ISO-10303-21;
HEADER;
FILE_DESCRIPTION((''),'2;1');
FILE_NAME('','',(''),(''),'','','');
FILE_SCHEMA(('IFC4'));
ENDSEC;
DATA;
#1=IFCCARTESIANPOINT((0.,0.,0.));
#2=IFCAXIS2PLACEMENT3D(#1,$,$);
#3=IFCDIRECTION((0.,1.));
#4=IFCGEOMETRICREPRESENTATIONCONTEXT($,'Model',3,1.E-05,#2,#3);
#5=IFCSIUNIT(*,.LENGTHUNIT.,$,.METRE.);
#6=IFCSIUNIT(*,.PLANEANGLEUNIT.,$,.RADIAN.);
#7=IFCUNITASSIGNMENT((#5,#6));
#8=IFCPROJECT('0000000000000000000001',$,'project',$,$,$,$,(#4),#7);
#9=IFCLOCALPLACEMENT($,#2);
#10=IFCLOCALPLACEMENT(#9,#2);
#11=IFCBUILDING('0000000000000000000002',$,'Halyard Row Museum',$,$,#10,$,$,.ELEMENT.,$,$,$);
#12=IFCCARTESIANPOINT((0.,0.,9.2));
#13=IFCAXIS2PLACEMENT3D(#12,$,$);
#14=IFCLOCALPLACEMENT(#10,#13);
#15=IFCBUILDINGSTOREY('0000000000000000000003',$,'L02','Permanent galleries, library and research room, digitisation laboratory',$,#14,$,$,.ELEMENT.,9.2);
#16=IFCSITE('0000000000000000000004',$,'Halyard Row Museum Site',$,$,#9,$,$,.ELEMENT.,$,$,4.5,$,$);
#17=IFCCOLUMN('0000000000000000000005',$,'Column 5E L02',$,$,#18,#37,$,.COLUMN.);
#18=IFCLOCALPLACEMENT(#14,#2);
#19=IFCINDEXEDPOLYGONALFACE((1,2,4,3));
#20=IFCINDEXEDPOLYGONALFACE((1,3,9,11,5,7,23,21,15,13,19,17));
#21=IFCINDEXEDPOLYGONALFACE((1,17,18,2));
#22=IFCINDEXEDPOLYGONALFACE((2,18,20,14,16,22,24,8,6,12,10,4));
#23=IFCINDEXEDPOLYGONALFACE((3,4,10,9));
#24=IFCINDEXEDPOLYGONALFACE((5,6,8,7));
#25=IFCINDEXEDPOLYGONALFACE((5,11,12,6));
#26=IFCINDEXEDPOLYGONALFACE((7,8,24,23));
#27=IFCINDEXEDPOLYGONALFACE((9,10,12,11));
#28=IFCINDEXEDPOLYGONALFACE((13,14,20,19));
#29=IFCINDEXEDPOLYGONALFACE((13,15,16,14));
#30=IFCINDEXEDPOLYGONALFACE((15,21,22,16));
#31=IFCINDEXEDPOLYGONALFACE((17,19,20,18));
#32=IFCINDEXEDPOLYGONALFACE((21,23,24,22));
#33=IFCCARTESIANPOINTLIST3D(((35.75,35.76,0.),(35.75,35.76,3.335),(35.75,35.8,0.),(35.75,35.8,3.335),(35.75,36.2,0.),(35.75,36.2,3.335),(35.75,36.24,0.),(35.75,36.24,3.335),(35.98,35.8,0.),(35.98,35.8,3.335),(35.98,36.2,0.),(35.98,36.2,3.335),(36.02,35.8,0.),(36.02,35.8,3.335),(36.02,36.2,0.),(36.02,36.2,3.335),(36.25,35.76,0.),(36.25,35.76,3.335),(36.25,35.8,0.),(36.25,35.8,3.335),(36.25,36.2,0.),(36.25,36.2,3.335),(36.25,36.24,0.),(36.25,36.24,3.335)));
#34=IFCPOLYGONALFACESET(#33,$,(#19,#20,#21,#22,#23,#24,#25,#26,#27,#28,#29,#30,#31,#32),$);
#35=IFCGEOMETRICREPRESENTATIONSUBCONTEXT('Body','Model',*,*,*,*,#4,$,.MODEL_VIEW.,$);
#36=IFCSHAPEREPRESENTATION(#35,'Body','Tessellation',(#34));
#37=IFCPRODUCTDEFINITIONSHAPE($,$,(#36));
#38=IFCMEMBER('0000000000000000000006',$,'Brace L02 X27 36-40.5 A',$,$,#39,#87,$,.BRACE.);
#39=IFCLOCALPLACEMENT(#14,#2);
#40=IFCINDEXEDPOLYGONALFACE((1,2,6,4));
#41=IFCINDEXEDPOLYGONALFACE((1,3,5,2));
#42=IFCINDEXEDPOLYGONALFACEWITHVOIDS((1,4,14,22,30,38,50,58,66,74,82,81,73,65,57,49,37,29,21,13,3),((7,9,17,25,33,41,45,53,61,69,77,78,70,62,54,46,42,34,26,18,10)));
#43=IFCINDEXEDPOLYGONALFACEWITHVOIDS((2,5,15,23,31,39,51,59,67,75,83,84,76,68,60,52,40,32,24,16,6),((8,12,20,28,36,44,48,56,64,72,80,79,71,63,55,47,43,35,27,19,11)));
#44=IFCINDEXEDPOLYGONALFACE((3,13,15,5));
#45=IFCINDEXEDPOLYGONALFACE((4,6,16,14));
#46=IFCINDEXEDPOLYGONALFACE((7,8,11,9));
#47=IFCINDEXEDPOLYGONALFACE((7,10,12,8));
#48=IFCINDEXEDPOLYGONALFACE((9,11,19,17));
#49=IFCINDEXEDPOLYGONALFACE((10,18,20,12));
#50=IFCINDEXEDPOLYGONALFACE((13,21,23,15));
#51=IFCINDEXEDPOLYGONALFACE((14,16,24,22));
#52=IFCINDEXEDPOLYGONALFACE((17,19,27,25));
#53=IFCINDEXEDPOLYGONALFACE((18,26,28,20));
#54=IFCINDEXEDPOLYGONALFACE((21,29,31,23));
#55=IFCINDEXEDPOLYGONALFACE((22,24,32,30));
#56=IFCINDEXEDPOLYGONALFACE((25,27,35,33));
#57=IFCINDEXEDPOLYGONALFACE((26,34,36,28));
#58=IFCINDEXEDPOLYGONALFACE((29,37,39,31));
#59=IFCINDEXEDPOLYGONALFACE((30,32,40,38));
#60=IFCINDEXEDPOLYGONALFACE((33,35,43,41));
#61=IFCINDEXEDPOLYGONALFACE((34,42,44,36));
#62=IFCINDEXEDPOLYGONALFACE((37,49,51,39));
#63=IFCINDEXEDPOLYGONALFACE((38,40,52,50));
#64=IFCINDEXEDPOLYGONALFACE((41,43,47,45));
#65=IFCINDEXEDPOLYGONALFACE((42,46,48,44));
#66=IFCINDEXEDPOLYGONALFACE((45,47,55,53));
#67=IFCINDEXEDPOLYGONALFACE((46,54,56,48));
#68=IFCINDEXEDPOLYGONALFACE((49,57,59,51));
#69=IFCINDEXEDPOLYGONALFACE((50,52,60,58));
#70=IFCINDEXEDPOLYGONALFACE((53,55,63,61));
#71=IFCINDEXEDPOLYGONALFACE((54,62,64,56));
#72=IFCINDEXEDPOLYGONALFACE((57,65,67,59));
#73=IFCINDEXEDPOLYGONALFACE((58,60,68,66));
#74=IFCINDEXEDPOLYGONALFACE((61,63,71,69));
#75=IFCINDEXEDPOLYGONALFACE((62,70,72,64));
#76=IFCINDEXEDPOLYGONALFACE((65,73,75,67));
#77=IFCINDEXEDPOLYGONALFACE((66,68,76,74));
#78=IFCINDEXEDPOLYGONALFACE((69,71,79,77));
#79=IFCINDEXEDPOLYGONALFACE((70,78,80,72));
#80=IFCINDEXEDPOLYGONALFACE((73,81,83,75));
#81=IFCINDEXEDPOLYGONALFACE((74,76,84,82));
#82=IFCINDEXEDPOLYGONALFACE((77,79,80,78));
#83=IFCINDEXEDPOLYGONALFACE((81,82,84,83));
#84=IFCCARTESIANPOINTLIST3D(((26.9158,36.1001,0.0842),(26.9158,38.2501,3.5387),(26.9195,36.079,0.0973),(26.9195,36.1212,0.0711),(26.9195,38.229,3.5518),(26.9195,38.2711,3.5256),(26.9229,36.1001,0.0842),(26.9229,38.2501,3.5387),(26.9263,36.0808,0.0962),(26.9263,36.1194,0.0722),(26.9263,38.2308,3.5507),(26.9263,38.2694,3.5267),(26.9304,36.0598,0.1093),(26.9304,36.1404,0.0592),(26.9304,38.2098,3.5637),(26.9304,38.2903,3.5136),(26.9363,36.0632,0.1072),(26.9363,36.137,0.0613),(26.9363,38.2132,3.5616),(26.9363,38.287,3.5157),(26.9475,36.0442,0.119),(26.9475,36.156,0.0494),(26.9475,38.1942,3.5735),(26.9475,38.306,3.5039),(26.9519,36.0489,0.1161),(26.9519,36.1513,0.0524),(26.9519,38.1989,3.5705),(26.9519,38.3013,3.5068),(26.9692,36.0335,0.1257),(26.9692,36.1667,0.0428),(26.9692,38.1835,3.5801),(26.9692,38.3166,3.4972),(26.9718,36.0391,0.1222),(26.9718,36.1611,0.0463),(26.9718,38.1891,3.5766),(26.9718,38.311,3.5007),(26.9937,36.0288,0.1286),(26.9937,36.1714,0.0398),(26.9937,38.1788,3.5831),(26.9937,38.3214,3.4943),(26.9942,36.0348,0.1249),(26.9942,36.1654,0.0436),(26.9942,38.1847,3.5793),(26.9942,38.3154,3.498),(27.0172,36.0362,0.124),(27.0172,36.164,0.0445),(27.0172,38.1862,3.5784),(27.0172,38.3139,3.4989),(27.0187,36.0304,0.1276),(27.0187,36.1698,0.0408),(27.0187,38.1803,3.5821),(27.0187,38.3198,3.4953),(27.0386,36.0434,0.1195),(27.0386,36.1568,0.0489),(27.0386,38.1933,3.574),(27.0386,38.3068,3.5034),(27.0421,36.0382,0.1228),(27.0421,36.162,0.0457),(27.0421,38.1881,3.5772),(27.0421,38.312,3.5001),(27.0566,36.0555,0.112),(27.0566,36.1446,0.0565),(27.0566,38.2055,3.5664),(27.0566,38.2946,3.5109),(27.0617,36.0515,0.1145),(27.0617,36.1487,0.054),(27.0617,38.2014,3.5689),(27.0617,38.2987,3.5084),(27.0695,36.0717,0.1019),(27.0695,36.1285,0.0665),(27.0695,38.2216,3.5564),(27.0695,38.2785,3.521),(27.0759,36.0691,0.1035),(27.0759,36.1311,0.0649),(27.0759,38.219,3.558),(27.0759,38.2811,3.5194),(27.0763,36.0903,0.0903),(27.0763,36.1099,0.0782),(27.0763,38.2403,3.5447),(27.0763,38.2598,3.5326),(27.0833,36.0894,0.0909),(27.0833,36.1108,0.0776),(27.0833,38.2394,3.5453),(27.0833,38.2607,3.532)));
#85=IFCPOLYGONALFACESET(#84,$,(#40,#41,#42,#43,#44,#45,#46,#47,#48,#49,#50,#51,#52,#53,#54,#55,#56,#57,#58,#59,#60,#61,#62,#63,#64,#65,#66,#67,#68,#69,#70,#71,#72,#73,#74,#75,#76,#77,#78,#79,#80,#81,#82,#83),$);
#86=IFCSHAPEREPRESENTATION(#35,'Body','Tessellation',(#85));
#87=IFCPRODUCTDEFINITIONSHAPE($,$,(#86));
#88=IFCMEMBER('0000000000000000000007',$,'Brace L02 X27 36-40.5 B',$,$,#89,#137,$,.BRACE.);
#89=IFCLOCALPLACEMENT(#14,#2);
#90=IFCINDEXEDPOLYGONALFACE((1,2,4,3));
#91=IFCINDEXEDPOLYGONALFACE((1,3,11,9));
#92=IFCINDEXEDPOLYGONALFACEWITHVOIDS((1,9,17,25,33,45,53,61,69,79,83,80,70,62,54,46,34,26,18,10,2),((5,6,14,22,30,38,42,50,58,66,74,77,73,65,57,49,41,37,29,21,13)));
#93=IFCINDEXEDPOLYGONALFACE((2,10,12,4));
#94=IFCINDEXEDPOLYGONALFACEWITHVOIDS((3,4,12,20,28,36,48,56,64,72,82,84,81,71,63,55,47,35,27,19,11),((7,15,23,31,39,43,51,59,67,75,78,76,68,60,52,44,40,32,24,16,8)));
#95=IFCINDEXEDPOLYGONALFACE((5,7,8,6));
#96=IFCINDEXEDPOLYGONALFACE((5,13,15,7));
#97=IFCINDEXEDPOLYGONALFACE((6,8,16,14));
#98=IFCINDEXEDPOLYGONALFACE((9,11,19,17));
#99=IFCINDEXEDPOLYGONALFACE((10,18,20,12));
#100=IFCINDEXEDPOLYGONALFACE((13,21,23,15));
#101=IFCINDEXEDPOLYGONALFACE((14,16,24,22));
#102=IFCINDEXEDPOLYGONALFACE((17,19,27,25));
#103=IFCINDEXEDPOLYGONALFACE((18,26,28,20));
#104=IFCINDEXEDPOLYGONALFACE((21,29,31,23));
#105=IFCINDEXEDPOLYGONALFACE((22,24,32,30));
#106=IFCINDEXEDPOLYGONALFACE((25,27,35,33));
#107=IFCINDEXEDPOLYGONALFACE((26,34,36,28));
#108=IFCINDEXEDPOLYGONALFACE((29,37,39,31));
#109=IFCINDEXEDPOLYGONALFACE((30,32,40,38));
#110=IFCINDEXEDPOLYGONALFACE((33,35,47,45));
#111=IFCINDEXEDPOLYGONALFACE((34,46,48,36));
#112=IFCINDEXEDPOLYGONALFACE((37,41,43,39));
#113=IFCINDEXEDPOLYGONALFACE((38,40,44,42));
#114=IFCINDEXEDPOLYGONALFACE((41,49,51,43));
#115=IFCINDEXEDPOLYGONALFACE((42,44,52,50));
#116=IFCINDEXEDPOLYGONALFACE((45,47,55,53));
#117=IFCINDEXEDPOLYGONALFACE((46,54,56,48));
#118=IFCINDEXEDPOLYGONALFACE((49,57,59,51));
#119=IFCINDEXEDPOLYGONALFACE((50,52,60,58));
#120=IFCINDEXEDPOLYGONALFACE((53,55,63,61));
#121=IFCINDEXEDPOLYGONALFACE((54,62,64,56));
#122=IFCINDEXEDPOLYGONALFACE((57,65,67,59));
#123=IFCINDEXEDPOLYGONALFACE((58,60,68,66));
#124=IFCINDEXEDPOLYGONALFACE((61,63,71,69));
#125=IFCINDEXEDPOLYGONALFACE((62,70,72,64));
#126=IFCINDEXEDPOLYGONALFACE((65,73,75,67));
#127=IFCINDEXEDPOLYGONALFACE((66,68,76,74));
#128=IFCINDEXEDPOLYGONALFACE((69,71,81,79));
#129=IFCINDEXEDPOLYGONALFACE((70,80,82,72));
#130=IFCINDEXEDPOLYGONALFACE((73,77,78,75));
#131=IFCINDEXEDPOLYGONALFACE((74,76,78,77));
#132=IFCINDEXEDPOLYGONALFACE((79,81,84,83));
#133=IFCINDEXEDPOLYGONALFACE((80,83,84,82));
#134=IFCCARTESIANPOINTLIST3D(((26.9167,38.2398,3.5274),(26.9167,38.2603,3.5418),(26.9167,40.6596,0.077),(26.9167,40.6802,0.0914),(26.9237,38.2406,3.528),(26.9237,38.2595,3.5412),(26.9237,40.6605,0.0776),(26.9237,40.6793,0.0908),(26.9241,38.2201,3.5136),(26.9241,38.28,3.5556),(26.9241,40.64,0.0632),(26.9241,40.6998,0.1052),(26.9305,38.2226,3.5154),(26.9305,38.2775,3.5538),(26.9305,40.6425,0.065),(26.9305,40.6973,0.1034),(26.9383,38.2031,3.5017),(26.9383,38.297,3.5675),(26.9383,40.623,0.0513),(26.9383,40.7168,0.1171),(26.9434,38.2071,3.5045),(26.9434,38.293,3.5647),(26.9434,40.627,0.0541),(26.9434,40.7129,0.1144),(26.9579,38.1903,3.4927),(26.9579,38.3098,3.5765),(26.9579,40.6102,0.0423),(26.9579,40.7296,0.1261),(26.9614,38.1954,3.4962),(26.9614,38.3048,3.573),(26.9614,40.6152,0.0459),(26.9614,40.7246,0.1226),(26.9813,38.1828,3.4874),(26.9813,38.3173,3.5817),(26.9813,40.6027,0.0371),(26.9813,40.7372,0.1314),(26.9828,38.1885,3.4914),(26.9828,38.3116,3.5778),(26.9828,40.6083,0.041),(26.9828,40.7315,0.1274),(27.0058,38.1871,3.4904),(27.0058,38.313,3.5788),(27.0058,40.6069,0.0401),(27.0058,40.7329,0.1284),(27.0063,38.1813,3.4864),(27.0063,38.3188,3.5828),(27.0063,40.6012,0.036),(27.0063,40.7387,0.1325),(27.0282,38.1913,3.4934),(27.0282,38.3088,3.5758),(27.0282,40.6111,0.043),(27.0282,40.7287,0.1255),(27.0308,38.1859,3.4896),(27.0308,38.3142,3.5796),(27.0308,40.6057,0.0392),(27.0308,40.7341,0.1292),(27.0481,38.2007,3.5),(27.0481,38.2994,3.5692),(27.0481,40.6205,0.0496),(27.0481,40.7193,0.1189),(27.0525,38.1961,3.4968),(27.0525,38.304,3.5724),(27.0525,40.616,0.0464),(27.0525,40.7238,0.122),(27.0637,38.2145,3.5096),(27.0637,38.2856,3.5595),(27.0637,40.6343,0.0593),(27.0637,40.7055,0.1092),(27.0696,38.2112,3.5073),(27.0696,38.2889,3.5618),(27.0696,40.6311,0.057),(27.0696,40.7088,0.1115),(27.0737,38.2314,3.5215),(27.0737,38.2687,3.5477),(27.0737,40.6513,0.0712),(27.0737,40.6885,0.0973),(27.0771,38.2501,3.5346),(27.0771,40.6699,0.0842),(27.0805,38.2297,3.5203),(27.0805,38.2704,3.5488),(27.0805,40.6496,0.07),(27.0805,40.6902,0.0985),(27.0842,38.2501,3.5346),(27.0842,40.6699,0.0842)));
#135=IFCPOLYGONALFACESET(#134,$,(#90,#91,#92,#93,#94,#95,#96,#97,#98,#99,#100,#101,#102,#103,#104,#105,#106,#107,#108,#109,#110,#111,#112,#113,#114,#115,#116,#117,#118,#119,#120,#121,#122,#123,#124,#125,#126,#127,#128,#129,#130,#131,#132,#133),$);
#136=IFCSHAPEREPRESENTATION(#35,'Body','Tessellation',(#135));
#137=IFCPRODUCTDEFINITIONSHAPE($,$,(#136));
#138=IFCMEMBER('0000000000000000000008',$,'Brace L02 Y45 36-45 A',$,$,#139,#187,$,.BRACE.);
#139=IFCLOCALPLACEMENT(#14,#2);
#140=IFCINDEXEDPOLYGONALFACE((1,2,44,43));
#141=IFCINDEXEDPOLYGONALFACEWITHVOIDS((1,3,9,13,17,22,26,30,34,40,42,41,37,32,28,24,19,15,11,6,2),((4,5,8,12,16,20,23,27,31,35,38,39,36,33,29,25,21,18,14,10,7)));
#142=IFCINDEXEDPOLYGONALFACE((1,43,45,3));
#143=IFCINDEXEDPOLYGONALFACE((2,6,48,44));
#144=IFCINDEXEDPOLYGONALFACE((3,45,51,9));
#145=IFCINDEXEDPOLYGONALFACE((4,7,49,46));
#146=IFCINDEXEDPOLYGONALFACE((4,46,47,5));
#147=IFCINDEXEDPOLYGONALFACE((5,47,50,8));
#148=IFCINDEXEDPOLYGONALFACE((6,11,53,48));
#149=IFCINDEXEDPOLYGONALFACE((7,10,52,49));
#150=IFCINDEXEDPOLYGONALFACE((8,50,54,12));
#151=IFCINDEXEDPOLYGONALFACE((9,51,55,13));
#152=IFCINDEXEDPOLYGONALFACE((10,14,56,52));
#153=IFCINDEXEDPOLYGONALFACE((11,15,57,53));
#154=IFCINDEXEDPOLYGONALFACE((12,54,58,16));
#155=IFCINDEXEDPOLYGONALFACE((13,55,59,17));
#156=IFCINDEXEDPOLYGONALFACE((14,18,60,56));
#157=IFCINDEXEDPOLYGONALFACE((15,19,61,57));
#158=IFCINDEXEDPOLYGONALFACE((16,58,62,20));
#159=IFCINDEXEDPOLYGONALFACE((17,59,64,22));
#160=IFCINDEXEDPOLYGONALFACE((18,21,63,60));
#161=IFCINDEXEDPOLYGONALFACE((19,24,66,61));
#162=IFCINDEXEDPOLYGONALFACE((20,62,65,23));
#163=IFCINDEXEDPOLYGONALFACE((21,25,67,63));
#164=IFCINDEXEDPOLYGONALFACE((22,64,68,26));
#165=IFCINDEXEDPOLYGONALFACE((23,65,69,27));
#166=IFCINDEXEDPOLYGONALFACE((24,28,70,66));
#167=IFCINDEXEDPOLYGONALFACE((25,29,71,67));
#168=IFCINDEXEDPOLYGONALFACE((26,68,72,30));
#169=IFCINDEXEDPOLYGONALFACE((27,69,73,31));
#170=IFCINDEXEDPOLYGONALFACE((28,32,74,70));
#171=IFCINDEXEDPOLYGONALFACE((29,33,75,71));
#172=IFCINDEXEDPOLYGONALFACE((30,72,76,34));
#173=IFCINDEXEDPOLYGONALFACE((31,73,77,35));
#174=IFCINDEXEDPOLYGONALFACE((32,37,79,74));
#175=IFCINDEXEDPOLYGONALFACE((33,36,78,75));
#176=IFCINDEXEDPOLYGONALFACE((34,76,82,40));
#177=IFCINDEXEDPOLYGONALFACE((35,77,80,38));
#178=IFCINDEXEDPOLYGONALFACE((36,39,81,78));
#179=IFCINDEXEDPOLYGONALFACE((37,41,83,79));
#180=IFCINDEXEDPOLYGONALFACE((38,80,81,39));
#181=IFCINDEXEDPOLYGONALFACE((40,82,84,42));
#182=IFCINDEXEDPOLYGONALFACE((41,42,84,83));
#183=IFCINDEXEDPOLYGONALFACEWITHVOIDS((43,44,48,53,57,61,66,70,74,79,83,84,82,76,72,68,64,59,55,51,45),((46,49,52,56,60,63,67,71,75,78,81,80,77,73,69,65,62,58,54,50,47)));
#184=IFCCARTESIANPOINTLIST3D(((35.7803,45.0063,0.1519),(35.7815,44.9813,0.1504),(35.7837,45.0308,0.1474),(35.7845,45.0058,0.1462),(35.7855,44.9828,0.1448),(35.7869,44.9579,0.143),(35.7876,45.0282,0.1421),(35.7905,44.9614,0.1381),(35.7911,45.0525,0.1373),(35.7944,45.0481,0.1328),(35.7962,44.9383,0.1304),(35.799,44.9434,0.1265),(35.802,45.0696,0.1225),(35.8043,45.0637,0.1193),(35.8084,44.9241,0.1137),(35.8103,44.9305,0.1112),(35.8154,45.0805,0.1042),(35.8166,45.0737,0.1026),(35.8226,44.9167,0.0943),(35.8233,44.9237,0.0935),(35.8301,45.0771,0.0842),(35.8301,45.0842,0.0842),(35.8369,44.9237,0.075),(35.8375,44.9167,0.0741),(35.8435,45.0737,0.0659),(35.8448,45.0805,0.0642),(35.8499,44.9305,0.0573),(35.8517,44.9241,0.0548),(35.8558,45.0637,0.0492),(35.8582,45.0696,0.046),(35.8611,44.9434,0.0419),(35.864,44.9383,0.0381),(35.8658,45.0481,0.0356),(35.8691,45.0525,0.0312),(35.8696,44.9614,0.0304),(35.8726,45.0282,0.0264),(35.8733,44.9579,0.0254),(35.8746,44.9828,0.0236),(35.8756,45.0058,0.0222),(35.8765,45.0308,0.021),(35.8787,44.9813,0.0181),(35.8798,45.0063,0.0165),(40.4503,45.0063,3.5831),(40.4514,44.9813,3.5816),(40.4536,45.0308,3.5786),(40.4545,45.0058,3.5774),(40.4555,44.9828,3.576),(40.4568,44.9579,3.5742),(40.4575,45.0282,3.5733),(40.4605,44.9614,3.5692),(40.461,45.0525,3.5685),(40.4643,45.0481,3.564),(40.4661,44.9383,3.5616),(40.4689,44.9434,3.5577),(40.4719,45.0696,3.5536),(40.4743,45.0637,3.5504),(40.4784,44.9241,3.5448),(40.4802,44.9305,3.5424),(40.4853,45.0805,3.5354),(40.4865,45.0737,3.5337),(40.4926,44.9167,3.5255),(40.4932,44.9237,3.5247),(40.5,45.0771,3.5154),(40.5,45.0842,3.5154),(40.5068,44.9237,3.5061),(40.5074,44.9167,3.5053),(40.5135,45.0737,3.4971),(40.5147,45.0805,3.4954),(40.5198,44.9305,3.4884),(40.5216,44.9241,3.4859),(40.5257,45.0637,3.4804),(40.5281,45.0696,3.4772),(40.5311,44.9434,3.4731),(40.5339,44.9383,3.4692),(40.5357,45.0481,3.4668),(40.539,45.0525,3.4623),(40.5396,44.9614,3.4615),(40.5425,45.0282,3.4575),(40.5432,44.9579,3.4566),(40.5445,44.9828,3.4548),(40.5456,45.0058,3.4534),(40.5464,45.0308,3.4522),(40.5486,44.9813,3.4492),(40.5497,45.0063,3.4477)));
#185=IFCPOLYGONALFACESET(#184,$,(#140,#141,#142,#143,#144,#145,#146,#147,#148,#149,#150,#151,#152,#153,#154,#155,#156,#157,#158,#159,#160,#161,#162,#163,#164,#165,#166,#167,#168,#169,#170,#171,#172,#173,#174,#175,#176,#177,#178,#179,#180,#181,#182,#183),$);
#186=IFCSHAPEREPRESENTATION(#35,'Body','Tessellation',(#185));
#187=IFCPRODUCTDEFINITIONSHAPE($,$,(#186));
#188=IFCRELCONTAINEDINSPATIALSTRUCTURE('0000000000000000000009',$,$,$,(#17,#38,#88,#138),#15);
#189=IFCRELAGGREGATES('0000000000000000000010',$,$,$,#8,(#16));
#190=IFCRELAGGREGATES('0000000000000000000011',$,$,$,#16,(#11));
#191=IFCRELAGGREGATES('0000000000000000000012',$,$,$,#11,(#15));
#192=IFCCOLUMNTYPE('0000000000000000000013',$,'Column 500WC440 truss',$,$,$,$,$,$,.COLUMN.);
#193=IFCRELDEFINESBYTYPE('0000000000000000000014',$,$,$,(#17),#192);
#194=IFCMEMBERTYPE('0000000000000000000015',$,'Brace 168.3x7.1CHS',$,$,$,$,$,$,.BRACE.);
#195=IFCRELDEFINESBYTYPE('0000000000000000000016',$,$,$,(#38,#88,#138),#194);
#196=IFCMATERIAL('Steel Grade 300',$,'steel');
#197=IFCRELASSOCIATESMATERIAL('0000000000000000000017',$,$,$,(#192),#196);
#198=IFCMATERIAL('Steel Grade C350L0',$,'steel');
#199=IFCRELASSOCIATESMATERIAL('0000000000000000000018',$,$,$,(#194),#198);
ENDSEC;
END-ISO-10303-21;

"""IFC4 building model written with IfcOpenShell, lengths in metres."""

from ifc_helpers import new_model, si_unit, direction, frame, origin, origin_2d, place, context, subcontext, project, spatial, hollow_circle, i_section, extrude, material, material_profile, profile_set, type_object, element, save


model = new_model("IFC4")

# Units and contexts
model_context = context("Model", 3, precision=1e-05, world=origin(), true_north=direction((0.0, 1.0)))
body_context = subcontext(model_context, "Body", "Model", "MODEL_VIEW")
ifc_project = project(units=[si_unit("LENGTHUNIT", "METRE"), si_unit("PLANEANGLEUNIT", "RADIAN")], contexts=[model_context])

# Site, building, storey
site_placement = place(None, origin())
site = spatial("IfcSite", under=ifc_project, at=site_placement, Name="Halyard Row Museum Site", CompositionType="ELEMENT", RefElevation=4.5)
building_placement = place(site_placement, origin())
building = spatial("IfcBuilding", under=site, at=building_placement, Name="Halyard Row Museum", CompositionType="ELEMENT")
storey_placement = place(building_placement, frame((0.0, 0.0, 9.2)))
storey = spatial("IfcBuildingStorey", under=building, at=storey_placement, Name="L02", Description="Permanent galleries, library and research room, digitisation laboratory", CompositionType="ELEMENT", Elevation=9.2)

# Column
ifc_material_1 = material(Name="Steel Grade 300", Category="steel")
ifc_material_profile_1 = material_profile(ifc_material_1, i_section(OverallWidth=0.5, OverallDepth=0.48, WebThickness=0.04, FlangeThickness=0.04, at=origin_2d()), Name="500WC440")
ifc_profile_set_1 = profile_set([ifc_material_profile_1], Name="Steel Grade 300")
column_type = type_object("IfcColumnType", Name="Column 500WC440 truss", PredefinedType="COLUMN", material=ifc_profile_set_1)
column_placement = place(storey_placement, frame((36.0, 36.0, 0.0), z_axis=(0.0, 0.0, 1.0), x_axis=(1.0, 0.0, 0.0)))
element("IfcColumn", 1, at=column_placement, inside=storey, type_object=column_type, Name="Column 5E L02", PredefinedType="COLUMN", context=body_context, shape_type="SweptSolid", body=[
    extrude(i_section(OverallWidth=0.5, OverallDepth=0.48, WebThickness=0.04, FlangeThickness=0.04, at=origin_2d()), origin(), (0.0, 0.0, 1.0), 3.335),
])

# Members
ifc_material_2 = material(Name="Steel Grade C350L0", Category="steel")
ifc_material_profile_2 = material_profile(ifc_material_2, hollow_circle(Radius=0.0842, WallThickness=0.0071, at=origin_2d()), Name="168.3x7.1CHS")
ifc_profile_set_2 = profile_set([ifc_material_profile_2], Name="Steel Grade C350L0")
member_type = type_object("IfcMemberType", Name="Brace 168.3x7.1CHS", PredefinedType="BRACE", material=ifc_profile_set_2)
member_1_placement = place(storey_placement, frame((27.0, 36.1001, 0.0842), z_axis=(0.0, 0.528396, 0.848998), x_axis=(-1.0, 0.0, 0.0)))
element("IfcMember", 2, at=member_1_placement, inside=storey, type_object=member_type, Name="Brace L02 X27 36-40.5 A", PredefinedType="BRACE", context=body_context, shape_type="SweptSolid", body=[
    extrude(hollow_circle(Radius=0.0842, WallThickness=0.0071, at=origin_2d()), origin(), (0.0, 0.0, 1.0), 4.0688),
])
member_2_placement = place(storey_placement, frame((27.0, 40.6699, 0.0842), z_axis=(0.0, -0.574197, 0.818717), x_axis=(1.0, 0.0, 0.0)))
element("IfcMember", 3, at=member_2_placement, inside=storey, type_object=member_type, Name="Brace L02 X27 36-40.5 B", PredefinedType="BRACE", context=body_context, shape_type="SweptSolid", body=[
    extrude(hollow_circle(Radius=0.0842, WallThickness=0.0071, at=origin_2d()), origin(), (0.0, 0.0, 1.0), 4.2144),
])
member_3_placement = place(storey_placement, frame((35.8301, 45.0, 0.0842), z_axis=(0.805866, 0.0, 0.592098), x_axis=(0.0, 1.0, 0.0)))
element("IfcMember", 4, at=member_3_placement, inside=storey, type_object=member_type, Name="Brace L02 Y45 36-45 A", PredefinedType="BRACE", context=body_context, shape_type="SweptSolid", body=[
    extrude(hollow_circle(Radius=0.0842, WallThickness=0.0071, at=origin_2d()), origin(), (0.0, 0.0, 1.0), 5.7949),
])

save(model, "model.ifc")
